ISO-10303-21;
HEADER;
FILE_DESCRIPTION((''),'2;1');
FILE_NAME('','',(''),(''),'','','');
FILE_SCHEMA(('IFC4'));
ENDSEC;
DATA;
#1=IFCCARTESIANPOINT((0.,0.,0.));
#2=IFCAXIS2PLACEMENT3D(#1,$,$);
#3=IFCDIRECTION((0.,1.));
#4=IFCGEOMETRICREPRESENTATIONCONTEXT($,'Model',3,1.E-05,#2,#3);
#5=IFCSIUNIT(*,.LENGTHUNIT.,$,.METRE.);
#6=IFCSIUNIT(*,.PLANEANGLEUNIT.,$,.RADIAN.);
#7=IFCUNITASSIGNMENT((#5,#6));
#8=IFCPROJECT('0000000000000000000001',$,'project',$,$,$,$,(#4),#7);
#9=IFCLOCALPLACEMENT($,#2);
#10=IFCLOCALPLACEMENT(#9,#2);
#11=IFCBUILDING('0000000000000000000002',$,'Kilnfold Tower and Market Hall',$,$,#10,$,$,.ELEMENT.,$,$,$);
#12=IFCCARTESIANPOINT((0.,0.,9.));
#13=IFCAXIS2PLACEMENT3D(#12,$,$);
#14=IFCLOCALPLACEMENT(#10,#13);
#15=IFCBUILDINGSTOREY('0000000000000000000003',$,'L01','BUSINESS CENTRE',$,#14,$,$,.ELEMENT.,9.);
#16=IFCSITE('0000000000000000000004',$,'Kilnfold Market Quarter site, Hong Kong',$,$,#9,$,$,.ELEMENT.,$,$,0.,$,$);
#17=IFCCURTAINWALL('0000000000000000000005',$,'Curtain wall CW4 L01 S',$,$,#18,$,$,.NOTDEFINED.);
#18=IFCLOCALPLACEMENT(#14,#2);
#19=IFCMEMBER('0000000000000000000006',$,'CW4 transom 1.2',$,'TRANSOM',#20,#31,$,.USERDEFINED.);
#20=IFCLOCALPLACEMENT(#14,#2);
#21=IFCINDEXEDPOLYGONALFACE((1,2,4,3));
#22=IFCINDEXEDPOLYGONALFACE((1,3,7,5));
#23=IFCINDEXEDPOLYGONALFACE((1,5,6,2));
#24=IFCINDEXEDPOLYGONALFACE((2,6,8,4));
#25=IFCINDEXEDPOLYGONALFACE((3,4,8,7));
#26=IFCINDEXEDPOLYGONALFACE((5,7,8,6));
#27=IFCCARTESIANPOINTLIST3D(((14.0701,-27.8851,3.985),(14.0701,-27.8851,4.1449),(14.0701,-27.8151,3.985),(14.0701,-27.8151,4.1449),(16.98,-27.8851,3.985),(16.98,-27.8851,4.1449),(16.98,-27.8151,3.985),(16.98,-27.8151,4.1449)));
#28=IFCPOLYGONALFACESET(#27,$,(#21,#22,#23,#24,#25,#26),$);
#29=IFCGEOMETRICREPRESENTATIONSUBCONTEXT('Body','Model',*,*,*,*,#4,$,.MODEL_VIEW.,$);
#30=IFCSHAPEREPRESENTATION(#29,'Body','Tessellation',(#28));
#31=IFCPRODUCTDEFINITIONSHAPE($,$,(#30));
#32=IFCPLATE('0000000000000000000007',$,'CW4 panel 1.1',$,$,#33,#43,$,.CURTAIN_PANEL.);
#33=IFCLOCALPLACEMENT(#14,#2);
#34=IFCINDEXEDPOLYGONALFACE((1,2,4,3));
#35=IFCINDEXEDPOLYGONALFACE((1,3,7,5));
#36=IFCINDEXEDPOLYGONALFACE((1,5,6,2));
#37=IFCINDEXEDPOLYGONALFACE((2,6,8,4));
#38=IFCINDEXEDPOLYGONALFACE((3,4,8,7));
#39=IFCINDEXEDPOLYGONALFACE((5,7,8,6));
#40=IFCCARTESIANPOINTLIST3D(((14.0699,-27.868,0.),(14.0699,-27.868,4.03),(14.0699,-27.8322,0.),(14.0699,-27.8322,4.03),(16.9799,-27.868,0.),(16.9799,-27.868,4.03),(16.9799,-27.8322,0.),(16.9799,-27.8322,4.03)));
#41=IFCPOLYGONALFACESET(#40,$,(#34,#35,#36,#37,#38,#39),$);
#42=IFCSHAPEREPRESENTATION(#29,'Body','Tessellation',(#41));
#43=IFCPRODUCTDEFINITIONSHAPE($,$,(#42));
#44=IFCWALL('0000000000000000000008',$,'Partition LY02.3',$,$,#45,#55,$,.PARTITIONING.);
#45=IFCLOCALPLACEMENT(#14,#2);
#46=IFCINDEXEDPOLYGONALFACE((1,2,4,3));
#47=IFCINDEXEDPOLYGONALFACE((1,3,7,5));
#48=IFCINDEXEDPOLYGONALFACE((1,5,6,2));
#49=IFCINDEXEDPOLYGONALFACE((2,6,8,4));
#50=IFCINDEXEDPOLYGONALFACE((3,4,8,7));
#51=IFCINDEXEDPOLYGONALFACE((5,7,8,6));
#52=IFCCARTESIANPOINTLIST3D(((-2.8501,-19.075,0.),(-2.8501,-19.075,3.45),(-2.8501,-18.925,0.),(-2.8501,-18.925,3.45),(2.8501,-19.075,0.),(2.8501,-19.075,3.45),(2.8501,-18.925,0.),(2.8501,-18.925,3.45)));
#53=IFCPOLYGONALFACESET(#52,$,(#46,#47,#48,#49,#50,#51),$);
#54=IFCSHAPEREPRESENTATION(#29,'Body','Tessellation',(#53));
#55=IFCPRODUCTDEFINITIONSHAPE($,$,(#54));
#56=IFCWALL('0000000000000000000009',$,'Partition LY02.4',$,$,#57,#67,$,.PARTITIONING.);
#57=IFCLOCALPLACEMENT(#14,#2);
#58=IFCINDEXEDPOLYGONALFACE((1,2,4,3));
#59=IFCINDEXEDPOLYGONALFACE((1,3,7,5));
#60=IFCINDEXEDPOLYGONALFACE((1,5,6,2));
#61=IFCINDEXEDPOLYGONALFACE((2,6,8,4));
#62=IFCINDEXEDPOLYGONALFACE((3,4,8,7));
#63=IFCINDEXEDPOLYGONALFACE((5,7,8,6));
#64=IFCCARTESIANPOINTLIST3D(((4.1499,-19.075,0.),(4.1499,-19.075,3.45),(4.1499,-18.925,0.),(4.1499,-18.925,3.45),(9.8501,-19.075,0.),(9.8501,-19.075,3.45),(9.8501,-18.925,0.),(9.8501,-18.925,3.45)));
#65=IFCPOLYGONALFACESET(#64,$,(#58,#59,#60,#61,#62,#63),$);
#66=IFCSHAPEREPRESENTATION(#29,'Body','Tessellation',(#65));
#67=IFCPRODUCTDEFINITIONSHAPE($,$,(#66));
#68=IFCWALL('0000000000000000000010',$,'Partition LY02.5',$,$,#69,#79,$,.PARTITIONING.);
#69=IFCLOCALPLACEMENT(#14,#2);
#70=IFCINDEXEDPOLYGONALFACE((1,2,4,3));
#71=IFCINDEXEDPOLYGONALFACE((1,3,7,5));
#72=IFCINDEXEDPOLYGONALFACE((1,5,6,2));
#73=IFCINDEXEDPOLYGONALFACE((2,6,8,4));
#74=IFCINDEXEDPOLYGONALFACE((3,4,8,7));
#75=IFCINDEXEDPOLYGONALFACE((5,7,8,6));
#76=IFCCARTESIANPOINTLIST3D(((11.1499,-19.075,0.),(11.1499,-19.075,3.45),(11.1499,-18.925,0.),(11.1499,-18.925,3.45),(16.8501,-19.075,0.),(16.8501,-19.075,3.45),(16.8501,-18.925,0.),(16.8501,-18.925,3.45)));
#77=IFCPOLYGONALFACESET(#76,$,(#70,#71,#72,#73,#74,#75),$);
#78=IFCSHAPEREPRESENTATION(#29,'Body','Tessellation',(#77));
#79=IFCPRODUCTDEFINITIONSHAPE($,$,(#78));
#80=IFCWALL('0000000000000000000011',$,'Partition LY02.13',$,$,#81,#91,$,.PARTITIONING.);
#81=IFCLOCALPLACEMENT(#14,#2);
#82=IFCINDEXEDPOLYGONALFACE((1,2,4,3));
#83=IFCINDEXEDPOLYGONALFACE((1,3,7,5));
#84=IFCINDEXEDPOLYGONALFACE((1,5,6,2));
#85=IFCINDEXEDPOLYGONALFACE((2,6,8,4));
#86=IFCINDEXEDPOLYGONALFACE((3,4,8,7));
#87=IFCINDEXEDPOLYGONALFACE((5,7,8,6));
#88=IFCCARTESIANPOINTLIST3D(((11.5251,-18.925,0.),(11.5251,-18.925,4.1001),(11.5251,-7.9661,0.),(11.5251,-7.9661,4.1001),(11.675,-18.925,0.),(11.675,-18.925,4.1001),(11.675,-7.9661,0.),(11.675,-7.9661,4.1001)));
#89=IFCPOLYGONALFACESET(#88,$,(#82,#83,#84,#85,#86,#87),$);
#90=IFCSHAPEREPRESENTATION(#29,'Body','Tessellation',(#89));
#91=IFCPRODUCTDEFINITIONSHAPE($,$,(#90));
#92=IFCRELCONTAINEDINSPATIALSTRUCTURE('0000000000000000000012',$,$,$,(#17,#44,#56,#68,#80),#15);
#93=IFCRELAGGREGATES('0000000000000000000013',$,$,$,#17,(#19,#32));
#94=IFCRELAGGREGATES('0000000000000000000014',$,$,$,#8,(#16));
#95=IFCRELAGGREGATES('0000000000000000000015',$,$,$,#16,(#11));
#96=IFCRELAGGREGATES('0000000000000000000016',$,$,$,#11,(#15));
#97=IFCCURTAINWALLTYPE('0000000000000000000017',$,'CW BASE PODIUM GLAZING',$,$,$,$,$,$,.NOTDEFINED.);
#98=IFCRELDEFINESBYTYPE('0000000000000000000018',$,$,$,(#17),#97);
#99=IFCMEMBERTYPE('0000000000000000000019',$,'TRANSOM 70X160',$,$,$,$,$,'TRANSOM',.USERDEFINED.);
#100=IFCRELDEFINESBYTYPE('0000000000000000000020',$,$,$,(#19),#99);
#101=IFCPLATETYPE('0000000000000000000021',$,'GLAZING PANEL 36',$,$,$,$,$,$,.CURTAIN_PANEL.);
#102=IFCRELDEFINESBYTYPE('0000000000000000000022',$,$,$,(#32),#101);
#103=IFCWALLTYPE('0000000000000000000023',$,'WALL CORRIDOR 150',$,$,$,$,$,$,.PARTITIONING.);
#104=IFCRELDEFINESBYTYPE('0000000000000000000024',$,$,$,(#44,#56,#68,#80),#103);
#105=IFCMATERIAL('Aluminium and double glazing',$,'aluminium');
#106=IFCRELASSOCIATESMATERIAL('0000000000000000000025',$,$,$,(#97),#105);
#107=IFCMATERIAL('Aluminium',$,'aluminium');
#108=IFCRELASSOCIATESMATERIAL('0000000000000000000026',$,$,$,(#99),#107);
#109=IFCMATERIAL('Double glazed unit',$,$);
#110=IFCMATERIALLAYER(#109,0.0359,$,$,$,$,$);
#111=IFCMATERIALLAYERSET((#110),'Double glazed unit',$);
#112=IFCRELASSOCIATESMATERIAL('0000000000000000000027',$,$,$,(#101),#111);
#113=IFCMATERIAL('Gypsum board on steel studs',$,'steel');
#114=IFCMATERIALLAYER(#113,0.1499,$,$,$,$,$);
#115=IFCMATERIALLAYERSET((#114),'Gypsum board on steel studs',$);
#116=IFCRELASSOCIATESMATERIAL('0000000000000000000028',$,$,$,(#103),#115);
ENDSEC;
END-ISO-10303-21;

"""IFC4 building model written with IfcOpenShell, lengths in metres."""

from ifc_helpers import new_model, si_unit, direction, frame, frame_2d, origin, origin_2d, place, context, subcontext, project, spatial, rectangle, extrude, source, transform, mapped, material, layer, layer_set, material_profile, profile_set, type_object, element, aggregate, save


model = new_model("IFC4")

# Units and contexts
model_context = context("Model", 3, precision=1e-05, world=origin(), true_north=direction((0.0, 1.0)))
body_context = subcontext(model_context, "Body", "Model", "MODEL_VIEW")
ifc_project = project(units=[si_unit("LENGTHUNIT", "METRE"), si_unit("PLANEANGLEUNIT", "RADIAN")], contexts=[model_context])

# Site, building, storey
site_placement = place(None, origin())
site = spatial("IfcSite", under=ifc_project, at=site_placement, Name="Kilnfold Market Quarter site, Hong Kong", CompositionType="ELEMENT", RefElevation=0.0)
building_placement = place(site_placement, origin())
building = spatial("IfcBuilding", under=site, at=building_placement, Name="Kilnfold Tower and Market Hall", CompositionType="ELEMENT")
storey_placement = place(building_placement, frame((0.0, 0.0, 9.0)))
storey = spatial("IfcBuildingStorey", under=building, at=storey_placement, Name="L01", Description="BUSINESS CENTRE", CompositionType="ELEMENT", Elevation=9.0)

# Curtain wall, member, plate
ifc_material_1 = material(Name="Aluminium and double glazing", Category="aluminium")
curtain_wall_type = type_object("IfcCurtainWallType", Name="CW BASE PODIUM GLAZING", PredefinedType="NOTDEFINED", material=ifc_material_1)
curtain_wall_placement = place(storey_placement, origin())
curtain_wall = element("IfcCurtainWall", 1, at=curtain_wall_placement, inside=storey, type_object=curtain_wall_type, Name="Curtain wall CW4 L01 S", PredefinedType="NOTDEFINED")
ifc_material_2 = material(Name="Aluminium", Category="aluminium")
ifc_material_profile_1 = material_profile(ifc_material_2, rectangle(XDim=0.0701, YDim=0.1599, at=origin_2d()), Name="TRANSOM 70x160")
ifc_profile_set_1 = profile_set([ifc_material_profile_1], Name="Aluminium")
member_type = type_object("IfcMemberType", Name="TRANSOM 70X160", ElementType="TRANSOM", PredefinedType="USERDEFINED", material=ifc_profile_set_1)
shared_shape_1 = source(origin(), body_context, "Body", "SweptSolid", [
    extrude(rectangle(XDim=0.0701, YDim=0.1599, at=origin_2d()), origin(), (0.0, 0.0, 1.0), 2.9099),
])
member_placement = place(storey_placement, frame((14.0701, -27.8501, 4.0649), z_axis=(1.0, 0.0, 0.0), x_axis=(0.0, 1.0, 0.0)))
member = element("IfcMember", 2, at=member_placement, type_object=member_type, Name="CW4 transom 1.2", ObjectType="TRANSOM", PredefinedType="USERDEFINED", context=body_context, shape_type="MappedRepresentation", body=[
    mapped(shared_shape_1, transform((0.0, 0.0, 0.0))),
])
ifc_material_3 = material(Name="Double glazed unit")
ifc_layer_1 = layer(ifc_material_3, 0.0359)
ifc_layer_set_1 = layer_set([ifc_layer_1], Name="Double glazed unit")
plate_type = type_object("IfcPlateType", Name="GLAZING PANEL 36", PredefinedType="CURTAIN_PANEL", material=ifc_layer_set_1)
shared_shape_2 = source(origin(), body_context, "Body", "SweptSolid", [
    extrude(rectangle(XDim=2.9099, YDim=0.0359, at=origin_2d()), origin(), (0.0, 0.0, 1.0), 4.03),
])
plate_placement = place(storey_placement, frame((15.5249, -27.8501, 0.0), z_axis=(0.0, 0.0, 1.0), x_axis=(1.0, 0.0, 0.0)))
plate = element("IfcPlate", 3, at=plate_placement, type_object=plate_type, Name="CW4 panel 1.1", PredefinedType="CURTAIN_PANEL", context=body_context, shape_type="MappedRepresentation", body=[
    mapped(shared_shape_2, transform((0.0, 0.0, 0.0))),
])
aggregate(curtain_wall, [member, plate])

# Walls
ifc_material_4 = material(Name="Gypsum board on steel studs", Category="steel")
ifc_layer_2 = layer(ifc_material_4, 0.1499)
ifc_layer_set_2 = layer_set([ifc_layer_2], Name="Gypsum board on steel studs")
wall_type = type_object("IfcWallType", Name="WALL CORRIDOR 150", PredefinedType="PARTITIONING", material=ifc_layer_set_2)
for number, where, z_axis, x_axis, name in (
    (4, (-2.8501, -19.0, 0.0), (0.0, 0.0, 1.0), (1.0, 0.0, 0.0), "Partition LY02.3"),
    (5, (4.1499, -19.0, 0.0), (0.0, 0.0, 1.0), (1.0, 0.0, 0.0), "Partition LY02.4"),
    (6, (11.1499, -19.0, 0.0), (0.0, 0.0, 1.0), (1.0, 0.0, 0.0), "Partition LY02.5"),
):
    element("IfcWall", number, at=place(storey_placement, frame(where, z_axis=z_axis, x_axis=x_axis)), inside=storey, type_object=wall_type, Name=name, PredefinedType="PARTITIONING", context=body_context, shape_type="SweptSolid", body=[
        extrude(rectangle(XDim=5.7002, YDim=0.1499, at=frame_2d((2.8501, 0.0))), origin(), (0.0, 0.0, 1.0), 3.45),
    ])
wall_placement = place(storey_placement, frame((11.6001, -18.925, 0.0), z_axis=(0.0, 0.0, 1.0), x_axis=(0.0, 1.0, 0.0)))
element("IfcWall", 7, at=wall_placement, inside=storey, type_object=wall_type, Name="Partition LY02.13", PredefinedType="PARTITIONING", context=body_context, shape_type="SweptSolid", body=[
    extrude(rectangle(XDim=10.959, YDim=0.1499, at=frame_2d((5.4795, 0.0))), origin(), (0.0, 0.0, 1.0), 4.1001),
])

save(model, "model.ifc")
